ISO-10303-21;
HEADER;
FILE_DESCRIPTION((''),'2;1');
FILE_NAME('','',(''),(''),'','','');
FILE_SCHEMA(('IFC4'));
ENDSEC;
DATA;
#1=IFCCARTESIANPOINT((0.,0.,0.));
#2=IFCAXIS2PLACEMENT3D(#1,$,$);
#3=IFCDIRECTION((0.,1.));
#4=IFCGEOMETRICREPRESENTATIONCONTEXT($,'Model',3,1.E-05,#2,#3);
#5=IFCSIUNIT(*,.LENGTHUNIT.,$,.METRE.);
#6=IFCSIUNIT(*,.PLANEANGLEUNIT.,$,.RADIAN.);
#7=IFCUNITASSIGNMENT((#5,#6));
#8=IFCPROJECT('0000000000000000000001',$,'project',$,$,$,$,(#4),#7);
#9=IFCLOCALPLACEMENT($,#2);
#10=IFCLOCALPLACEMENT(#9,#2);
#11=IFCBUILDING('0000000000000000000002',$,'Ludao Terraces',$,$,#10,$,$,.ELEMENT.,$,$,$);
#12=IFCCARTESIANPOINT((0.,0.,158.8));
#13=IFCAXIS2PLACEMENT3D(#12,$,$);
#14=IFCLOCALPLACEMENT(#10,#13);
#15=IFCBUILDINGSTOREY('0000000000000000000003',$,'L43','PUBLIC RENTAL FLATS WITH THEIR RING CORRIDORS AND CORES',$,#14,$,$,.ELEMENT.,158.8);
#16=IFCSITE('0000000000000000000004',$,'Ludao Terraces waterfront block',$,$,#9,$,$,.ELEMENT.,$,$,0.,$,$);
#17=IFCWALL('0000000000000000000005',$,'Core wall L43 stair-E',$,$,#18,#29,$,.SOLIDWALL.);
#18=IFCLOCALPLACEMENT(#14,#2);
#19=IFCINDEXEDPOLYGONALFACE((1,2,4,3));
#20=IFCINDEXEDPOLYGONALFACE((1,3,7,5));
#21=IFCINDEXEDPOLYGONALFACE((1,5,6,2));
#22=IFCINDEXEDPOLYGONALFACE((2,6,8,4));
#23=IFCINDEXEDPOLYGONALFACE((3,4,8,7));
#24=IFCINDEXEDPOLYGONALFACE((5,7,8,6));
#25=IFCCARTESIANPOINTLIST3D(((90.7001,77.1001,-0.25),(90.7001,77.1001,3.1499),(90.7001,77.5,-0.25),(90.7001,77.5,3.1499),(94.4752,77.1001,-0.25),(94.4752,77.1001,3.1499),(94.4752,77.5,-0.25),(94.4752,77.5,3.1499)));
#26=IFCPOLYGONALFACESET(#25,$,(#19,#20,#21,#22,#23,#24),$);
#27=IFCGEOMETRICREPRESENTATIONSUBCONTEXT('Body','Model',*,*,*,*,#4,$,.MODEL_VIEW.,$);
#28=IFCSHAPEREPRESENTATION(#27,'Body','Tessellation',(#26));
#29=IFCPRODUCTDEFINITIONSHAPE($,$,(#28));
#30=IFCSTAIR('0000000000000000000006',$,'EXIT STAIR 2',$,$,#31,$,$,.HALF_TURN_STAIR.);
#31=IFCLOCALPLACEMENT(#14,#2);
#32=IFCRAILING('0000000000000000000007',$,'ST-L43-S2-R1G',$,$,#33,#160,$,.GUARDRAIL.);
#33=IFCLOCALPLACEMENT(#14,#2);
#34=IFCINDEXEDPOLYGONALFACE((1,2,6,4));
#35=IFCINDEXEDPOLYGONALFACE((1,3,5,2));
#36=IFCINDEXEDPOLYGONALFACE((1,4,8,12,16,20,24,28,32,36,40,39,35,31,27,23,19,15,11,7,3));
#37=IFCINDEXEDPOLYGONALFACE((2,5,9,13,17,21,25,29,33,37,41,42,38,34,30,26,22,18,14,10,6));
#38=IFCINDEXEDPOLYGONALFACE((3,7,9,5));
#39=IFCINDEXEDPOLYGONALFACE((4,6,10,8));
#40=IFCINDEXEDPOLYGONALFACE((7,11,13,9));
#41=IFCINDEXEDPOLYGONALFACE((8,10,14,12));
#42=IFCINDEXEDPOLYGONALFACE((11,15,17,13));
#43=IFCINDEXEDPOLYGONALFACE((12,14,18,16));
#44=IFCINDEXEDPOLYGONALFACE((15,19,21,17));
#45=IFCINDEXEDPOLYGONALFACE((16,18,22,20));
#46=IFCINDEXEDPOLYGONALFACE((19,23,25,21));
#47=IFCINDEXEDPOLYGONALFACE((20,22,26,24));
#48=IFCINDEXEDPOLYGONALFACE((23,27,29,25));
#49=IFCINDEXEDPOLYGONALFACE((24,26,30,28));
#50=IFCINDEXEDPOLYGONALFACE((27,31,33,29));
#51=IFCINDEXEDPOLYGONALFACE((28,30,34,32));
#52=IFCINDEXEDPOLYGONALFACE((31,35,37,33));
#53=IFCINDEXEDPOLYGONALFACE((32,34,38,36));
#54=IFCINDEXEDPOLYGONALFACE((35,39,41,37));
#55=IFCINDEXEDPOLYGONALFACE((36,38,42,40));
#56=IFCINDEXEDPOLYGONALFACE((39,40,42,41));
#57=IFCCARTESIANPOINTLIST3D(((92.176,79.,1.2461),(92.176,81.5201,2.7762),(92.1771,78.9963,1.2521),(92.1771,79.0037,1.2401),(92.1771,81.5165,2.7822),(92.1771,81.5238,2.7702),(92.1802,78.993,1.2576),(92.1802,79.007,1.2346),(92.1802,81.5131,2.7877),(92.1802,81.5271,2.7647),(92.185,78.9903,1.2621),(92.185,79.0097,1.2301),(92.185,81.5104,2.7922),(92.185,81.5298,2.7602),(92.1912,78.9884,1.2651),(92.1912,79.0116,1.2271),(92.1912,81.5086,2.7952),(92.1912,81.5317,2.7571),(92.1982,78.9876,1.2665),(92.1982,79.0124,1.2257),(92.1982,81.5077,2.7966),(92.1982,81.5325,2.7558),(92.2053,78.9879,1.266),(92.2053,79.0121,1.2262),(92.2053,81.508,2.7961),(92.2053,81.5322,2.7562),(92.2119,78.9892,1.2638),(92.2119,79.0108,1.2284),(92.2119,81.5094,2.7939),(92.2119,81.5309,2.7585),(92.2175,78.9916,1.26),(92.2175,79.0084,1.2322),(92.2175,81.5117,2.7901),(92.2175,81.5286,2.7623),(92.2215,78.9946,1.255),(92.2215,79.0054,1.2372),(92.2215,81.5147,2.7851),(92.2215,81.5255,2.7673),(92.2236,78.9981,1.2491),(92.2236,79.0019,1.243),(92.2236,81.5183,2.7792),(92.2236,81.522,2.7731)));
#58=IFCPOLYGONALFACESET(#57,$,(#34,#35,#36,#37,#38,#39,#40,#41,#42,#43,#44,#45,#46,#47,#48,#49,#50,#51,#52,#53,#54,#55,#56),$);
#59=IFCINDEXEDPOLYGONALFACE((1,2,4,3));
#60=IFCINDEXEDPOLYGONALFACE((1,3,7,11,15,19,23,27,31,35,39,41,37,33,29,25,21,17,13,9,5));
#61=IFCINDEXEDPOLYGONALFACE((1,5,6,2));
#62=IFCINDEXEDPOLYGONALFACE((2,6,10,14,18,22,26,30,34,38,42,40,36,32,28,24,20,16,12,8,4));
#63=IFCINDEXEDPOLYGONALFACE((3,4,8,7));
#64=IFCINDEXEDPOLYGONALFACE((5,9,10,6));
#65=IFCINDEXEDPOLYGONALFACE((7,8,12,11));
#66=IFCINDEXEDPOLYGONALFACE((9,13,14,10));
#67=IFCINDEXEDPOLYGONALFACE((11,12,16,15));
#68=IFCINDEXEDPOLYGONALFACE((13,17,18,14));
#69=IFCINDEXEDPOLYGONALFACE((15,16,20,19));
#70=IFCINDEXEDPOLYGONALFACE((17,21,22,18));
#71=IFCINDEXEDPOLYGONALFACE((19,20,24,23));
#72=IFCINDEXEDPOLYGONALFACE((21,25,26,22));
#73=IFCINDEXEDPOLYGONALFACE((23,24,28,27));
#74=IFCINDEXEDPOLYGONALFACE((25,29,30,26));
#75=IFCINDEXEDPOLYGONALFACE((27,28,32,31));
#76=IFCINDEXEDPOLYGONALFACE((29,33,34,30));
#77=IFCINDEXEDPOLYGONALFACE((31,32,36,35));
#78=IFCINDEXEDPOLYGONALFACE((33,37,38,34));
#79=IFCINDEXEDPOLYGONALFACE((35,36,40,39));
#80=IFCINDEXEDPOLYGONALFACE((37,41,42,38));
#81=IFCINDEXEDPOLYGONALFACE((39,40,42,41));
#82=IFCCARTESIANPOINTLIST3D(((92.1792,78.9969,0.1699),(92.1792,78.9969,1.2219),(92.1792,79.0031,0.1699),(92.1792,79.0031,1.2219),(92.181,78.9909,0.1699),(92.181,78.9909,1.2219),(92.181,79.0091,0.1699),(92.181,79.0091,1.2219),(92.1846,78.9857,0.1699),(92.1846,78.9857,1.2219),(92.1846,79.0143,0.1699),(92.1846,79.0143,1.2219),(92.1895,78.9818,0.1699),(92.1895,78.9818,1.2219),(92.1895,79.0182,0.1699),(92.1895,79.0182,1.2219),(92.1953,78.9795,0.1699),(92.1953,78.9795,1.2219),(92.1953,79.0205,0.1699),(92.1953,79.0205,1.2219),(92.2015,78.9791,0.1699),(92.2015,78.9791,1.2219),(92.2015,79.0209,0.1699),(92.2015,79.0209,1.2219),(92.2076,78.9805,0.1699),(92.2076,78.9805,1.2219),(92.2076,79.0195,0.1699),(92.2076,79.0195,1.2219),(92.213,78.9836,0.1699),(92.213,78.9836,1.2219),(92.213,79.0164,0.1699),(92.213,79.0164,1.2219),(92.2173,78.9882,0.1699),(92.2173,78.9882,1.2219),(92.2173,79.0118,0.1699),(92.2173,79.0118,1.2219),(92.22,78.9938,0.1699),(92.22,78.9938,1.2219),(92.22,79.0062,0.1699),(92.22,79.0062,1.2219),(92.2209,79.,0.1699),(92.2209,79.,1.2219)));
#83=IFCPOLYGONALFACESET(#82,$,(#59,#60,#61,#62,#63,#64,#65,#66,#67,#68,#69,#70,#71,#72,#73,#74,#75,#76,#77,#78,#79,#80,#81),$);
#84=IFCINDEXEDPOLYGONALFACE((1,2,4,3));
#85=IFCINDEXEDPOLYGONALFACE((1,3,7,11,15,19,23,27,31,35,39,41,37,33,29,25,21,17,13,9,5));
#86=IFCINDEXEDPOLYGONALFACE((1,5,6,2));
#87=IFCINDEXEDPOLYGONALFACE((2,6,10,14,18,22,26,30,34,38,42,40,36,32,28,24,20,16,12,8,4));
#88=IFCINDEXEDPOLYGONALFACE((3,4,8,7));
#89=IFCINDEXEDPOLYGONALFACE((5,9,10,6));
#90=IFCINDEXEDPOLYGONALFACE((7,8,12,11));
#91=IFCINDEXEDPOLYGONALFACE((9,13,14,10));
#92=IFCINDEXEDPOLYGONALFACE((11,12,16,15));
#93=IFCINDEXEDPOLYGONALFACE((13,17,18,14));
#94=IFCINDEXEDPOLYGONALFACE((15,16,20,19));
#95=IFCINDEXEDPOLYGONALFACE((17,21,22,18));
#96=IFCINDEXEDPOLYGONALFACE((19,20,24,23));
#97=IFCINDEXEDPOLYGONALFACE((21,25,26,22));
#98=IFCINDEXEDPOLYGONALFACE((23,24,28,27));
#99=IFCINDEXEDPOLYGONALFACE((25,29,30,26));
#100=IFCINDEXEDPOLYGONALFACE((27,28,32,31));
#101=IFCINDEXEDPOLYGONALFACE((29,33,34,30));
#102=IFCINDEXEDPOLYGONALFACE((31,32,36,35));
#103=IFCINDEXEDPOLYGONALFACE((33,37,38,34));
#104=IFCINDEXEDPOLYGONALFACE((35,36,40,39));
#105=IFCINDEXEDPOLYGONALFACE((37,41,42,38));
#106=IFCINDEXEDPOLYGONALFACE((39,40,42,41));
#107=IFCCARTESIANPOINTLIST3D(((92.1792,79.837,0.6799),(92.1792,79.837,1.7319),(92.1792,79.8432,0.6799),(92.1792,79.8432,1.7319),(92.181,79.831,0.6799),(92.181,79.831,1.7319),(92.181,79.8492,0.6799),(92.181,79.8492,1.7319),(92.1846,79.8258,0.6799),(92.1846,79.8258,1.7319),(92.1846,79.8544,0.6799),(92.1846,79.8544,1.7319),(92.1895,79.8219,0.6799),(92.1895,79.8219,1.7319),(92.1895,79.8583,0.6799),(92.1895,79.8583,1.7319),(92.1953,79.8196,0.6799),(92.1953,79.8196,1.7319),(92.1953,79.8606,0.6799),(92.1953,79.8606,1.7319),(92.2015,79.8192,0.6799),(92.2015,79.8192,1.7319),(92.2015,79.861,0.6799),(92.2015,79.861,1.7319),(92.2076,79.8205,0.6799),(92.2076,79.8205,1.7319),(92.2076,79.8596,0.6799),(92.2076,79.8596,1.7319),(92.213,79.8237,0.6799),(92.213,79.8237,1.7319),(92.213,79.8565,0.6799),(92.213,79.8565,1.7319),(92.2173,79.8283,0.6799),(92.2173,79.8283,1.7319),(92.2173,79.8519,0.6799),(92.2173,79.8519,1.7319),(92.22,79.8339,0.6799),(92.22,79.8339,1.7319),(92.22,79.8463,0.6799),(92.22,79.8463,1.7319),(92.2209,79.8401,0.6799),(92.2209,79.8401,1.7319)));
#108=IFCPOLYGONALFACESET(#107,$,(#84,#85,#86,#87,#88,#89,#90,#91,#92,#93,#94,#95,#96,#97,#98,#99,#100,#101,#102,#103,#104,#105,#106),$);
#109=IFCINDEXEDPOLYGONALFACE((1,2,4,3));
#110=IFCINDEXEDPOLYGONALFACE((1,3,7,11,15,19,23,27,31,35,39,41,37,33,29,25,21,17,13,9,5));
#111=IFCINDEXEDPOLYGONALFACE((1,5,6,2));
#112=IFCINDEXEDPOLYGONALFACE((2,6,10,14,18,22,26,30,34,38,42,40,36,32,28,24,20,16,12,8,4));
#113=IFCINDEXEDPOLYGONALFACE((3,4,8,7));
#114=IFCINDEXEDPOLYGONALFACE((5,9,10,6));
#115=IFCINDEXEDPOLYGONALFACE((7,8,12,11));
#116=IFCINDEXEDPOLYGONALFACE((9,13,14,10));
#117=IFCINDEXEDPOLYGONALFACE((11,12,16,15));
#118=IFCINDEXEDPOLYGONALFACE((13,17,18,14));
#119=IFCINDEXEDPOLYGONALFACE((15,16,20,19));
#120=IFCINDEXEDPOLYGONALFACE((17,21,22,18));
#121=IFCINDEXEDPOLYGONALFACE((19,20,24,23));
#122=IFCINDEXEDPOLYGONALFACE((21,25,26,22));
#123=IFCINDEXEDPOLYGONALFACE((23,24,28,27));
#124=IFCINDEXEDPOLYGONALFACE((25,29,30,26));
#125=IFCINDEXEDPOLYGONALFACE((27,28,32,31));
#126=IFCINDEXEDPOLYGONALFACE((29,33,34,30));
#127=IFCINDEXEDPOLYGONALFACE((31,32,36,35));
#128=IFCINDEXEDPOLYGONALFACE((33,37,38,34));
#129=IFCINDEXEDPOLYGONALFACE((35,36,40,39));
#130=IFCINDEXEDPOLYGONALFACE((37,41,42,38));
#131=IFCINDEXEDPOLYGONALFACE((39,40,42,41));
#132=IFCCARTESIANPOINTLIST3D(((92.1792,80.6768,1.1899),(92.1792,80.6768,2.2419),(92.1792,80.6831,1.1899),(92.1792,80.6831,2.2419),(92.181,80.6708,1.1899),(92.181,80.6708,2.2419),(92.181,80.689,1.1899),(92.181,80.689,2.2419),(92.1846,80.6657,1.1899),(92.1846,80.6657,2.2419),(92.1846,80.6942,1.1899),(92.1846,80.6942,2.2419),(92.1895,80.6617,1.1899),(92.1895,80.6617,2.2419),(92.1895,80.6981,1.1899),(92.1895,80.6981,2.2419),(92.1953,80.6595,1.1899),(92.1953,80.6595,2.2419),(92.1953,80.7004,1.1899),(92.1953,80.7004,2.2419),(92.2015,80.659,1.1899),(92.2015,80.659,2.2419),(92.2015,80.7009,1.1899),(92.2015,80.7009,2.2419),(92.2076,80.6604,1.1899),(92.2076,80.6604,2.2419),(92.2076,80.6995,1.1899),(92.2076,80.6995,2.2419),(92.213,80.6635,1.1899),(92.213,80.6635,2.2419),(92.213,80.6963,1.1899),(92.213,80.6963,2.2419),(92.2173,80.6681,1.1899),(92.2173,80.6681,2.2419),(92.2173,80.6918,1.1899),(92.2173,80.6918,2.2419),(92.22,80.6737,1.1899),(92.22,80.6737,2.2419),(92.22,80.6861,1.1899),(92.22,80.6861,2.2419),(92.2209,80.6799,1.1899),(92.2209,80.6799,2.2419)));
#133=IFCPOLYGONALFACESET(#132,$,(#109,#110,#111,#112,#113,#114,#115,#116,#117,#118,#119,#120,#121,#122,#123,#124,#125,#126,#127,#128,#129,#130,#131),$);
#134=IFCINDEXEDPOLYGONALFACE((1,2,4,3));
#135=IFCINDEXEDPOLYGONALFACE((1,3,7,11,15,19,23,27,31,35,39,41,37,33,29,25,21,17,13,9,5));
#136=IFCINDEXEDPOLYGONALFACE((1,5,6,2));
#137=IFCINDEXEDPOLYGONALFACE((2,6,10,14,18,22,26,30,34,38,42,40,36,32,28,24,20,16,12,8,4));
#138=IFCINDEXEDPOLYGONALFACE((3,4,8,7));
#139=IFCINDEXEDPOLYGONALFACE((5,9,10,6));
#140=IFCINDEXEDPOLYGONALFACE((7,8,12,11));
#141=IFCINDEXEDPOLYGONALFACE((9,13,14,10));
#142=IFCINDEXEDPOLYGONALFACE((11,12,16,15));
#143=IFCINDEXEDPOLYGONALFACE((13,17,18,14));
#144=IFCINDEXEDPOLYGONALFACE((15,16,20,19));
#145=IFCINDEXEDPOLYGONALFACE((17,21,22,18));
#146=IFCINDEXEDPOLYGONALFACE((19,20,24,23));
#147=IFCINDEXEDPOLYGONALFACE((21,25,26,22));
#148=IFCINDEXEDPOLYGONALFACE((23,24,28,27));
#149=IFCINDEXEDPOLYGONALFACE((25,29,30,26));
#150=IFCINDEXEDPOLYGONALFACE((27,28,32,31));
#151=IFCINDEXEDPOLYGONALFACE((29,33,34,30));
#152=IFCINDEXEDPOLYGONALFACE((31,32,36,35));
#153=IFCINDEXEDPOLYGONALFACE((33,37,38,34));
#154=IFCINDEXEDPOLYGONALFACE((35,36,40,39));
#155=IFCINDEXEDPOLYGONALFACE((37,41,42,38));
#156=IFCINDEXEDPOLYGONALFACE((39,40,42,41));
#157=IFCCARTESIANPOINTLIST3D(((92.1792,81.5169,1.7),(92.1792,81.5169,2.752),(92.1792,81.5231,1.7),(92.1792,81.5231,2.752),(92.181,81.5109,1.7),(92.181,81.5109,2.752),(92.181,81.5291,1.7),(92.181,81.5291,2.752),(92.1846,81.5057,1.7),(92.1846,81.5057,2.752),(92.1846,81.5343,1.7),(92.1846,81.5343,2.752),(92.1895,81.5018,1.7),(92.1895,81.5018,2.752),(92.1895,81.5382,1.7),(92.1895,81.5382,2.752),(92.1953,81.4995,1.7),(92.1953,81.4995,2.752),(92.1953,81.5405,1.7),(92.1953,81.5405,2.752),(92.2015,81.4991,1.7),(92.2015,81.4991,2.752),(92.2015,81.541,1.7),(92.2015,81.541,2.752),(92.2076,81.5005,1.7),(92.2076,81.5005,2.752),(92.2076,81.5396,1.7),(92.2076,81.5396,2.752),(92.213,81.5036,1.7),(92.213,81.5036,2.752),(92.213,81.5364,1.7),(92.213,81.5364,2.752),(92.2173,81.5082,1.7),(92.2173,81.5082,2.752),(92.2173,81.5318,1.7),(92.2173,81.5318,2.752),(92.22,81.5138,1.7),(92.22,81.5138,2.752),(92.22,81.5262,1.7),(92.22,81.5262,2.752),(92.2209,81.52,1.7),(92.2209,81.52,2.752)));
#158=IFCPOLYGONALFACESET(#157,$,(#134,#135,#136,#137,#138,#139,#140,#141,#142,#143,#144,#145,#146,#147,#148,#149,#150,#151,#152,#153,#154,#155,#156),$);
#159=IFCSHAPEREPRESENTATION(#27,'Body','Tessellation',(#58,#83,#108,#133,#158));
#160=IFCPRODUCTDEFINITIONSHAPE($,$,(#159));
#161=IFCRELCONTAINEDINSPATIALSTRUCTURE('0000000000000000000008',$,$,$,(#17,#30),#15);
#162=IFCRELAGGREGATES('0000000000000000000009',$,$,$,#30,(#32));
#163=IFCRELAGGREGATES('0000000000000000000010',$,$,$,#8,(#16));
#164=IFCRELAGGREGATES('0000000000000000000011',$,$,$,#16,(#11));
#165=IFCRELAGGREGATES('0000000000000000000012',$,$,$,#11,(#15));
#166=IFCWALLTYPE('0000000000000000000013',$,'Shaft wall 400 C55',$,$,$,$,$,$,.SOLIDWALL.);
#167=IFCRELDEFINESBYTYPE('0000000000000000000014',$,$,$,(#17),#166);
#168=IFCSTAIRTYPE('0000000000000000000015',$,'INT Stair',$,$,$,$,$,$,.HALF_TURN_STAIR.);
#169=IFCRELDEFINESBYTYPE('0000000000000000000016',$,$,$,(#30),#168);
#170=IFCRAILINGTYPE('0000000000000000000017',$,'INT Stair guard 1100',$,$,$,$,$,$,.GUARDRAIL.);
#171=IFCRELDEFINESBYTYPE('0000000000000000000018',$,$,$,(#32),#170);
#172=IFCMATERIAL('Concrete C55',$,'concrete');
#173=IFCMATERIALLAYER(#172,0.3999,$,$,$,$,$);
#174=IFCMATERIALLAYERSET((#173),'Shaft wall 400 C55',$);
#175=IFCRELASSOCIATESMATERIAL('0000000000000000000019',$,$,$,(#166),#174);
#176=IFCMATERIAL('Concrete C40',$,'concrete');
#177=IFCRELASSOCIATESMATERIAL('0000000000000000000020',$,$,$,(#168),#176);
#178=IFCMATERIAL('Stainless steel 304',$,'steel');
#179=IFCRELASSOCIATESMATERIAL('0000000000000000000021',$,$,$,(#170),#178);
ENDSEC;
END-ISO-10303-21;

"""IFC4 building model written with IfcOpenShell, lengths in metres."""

from ifc_helpers import new_model, si_unit, direction, frame, frame_2d, origin, origin_2d, place, context, subcontext, project, spatial, rectangle, circle, extrude, material, layer, layer_set, type_object, element, aggregate, save


model = new_model("IFC4")

# Units and contexts
model_context = context("Model", 3, precision=1e-05, world=origin(), true_north=direction((0.0, 1.0)))
body_context = subcontext(model_context, "Body", "Model", "MODEL_VIEW")
ifc_project = project(units=[si_unit("LENGTHUNIT", "METRE"), si_unit("PLANEANGLEUNIT", "RADIAN")], contexts=[model_context])

# Site, building, storey
site_placement = place(None, origin())
site = spatial("IfcSite", under=ifc_project, at=site_placement, Name="Ludao Terraces waterfront block", CompositionType="ELEMENT", RefElevation=0.0)
building_placement = place(site_placement, origin())
building = spatial("IfcBuilding", under=site, at=building_placement, Name="Ludao Terraces", CompositionType="ELEMENT")
storey_placement = place(building_placement, frame((0.0, 0.0, 158.8)))
storey = spatial("IfcBuildingStorey", under=building, at=storey_placement, Name="L43", Description="PUBLIC RENTAL FLATS WITH THEIR RING CORRIDORS AND CORES", CompositionType="ELEMENT", Elevation=158.8)

# Shared definitions
ifc_material_1 = material(Name="Concrete C55", Category="concrete")

# Shared definitions
ifc_material_2 = material(Name="Stainless steel 304", Category="steel")

# Wall
ifc_layer_1 = layer(ifc_material_1, 0.3999)
ifc_layer_set_1 = layer_set([ifc_layer_1], Name="Shaft wall 400 C55")
wall_type_1 = type_object("IfcWallType", Name="Shaft wall 400 C55", PredefinedType="SOLIDWALL", material=ifc_layer_set_1)
wall_1_placement = place(storey_placement, frame((90.7, 77.3, -0.25), z_axis=(0.0, 0.0, 1.0), x_axis=(1.0, 0.0, 0.0)))
element("IfcWall", 1, at=wall_1_placement, inside=storey, type_object=wall_type_1, Name="Core wall L43 stair-E", PredefinedType="SOLIDWALL", context=body_context, shape_type="SweptSolid", body=[
    extrude(rectangle(XDim=3.7751, YDim=0.3999, at=frame_2d((1.8877, 0.0))), origin(), (0.0, 0.0, 1.0), 3.3999),
])

# Stair, railing
ifc_material_3 = material(Name="Concrete C40", Category="concrete")
stair_type = type_object("IfcStairType", Name="INT Stair", PredefinedType="HALF_TURN_STAIR", material=ifc_material_3)
stair_placement = place(storey_placement, origin())
stair = element("IfcStair", 2, at=stair_placement, inside=storey, type_object=stair_type, Name="EXIT STAIR 2", PredefinedType="HALF_TURN_STAIR")
railing_type_1 = type_object("IfcRailingType", Name="INT Stair guard 1100", PredefinedType="GUARDRAIL", material=ifc_material_2)
railing_1_placement = place(storey_placement, frame((92.2, 79.0, 0.1699)))
railing_1 = element("IfcRailing", 3, at=railing_1_placement, type_object=railing_type_1, Name="ST-L43-S2-R1G", PredefinedType="GUARDRAIL", context=body_context, shape_type="SweptSolid", body=[
    extrude(circle(Radius=0.0239, at=origin_2d()), frame((0.0, 0.0, 1.0762), z_axis=(0.0, 0.854785, 0.518982), x_axis=(-1.0, 0.0, 0.0)), (0.0, 0.0, 1.0), 2.9482),
    extrude(circle(Radius=0.021, at=origin_2d()), origin(), (0.0, 0.0, 1.0), 1.052),
    extrude(circle(Radius=0.021, at=origin_2d()), frame((0.0, 0.8401, 0.51)), (0.0, 0.0, 1.0), 1.052),
    extrude(circle(Radius=0.021, at=origin_2d()), frame((0.0, 1.6799, 1.02)), (0.0, 0.0, 1.0), 1.052),
    extrude(circle(Radius=0.021, at=origin_2d()), frame((0.0, 2.52, 1.53)), (0.0, 0.0, 1.0), 1.052),
])
aggregate(stair, [railing_1])

save(model, "model.ifc")
